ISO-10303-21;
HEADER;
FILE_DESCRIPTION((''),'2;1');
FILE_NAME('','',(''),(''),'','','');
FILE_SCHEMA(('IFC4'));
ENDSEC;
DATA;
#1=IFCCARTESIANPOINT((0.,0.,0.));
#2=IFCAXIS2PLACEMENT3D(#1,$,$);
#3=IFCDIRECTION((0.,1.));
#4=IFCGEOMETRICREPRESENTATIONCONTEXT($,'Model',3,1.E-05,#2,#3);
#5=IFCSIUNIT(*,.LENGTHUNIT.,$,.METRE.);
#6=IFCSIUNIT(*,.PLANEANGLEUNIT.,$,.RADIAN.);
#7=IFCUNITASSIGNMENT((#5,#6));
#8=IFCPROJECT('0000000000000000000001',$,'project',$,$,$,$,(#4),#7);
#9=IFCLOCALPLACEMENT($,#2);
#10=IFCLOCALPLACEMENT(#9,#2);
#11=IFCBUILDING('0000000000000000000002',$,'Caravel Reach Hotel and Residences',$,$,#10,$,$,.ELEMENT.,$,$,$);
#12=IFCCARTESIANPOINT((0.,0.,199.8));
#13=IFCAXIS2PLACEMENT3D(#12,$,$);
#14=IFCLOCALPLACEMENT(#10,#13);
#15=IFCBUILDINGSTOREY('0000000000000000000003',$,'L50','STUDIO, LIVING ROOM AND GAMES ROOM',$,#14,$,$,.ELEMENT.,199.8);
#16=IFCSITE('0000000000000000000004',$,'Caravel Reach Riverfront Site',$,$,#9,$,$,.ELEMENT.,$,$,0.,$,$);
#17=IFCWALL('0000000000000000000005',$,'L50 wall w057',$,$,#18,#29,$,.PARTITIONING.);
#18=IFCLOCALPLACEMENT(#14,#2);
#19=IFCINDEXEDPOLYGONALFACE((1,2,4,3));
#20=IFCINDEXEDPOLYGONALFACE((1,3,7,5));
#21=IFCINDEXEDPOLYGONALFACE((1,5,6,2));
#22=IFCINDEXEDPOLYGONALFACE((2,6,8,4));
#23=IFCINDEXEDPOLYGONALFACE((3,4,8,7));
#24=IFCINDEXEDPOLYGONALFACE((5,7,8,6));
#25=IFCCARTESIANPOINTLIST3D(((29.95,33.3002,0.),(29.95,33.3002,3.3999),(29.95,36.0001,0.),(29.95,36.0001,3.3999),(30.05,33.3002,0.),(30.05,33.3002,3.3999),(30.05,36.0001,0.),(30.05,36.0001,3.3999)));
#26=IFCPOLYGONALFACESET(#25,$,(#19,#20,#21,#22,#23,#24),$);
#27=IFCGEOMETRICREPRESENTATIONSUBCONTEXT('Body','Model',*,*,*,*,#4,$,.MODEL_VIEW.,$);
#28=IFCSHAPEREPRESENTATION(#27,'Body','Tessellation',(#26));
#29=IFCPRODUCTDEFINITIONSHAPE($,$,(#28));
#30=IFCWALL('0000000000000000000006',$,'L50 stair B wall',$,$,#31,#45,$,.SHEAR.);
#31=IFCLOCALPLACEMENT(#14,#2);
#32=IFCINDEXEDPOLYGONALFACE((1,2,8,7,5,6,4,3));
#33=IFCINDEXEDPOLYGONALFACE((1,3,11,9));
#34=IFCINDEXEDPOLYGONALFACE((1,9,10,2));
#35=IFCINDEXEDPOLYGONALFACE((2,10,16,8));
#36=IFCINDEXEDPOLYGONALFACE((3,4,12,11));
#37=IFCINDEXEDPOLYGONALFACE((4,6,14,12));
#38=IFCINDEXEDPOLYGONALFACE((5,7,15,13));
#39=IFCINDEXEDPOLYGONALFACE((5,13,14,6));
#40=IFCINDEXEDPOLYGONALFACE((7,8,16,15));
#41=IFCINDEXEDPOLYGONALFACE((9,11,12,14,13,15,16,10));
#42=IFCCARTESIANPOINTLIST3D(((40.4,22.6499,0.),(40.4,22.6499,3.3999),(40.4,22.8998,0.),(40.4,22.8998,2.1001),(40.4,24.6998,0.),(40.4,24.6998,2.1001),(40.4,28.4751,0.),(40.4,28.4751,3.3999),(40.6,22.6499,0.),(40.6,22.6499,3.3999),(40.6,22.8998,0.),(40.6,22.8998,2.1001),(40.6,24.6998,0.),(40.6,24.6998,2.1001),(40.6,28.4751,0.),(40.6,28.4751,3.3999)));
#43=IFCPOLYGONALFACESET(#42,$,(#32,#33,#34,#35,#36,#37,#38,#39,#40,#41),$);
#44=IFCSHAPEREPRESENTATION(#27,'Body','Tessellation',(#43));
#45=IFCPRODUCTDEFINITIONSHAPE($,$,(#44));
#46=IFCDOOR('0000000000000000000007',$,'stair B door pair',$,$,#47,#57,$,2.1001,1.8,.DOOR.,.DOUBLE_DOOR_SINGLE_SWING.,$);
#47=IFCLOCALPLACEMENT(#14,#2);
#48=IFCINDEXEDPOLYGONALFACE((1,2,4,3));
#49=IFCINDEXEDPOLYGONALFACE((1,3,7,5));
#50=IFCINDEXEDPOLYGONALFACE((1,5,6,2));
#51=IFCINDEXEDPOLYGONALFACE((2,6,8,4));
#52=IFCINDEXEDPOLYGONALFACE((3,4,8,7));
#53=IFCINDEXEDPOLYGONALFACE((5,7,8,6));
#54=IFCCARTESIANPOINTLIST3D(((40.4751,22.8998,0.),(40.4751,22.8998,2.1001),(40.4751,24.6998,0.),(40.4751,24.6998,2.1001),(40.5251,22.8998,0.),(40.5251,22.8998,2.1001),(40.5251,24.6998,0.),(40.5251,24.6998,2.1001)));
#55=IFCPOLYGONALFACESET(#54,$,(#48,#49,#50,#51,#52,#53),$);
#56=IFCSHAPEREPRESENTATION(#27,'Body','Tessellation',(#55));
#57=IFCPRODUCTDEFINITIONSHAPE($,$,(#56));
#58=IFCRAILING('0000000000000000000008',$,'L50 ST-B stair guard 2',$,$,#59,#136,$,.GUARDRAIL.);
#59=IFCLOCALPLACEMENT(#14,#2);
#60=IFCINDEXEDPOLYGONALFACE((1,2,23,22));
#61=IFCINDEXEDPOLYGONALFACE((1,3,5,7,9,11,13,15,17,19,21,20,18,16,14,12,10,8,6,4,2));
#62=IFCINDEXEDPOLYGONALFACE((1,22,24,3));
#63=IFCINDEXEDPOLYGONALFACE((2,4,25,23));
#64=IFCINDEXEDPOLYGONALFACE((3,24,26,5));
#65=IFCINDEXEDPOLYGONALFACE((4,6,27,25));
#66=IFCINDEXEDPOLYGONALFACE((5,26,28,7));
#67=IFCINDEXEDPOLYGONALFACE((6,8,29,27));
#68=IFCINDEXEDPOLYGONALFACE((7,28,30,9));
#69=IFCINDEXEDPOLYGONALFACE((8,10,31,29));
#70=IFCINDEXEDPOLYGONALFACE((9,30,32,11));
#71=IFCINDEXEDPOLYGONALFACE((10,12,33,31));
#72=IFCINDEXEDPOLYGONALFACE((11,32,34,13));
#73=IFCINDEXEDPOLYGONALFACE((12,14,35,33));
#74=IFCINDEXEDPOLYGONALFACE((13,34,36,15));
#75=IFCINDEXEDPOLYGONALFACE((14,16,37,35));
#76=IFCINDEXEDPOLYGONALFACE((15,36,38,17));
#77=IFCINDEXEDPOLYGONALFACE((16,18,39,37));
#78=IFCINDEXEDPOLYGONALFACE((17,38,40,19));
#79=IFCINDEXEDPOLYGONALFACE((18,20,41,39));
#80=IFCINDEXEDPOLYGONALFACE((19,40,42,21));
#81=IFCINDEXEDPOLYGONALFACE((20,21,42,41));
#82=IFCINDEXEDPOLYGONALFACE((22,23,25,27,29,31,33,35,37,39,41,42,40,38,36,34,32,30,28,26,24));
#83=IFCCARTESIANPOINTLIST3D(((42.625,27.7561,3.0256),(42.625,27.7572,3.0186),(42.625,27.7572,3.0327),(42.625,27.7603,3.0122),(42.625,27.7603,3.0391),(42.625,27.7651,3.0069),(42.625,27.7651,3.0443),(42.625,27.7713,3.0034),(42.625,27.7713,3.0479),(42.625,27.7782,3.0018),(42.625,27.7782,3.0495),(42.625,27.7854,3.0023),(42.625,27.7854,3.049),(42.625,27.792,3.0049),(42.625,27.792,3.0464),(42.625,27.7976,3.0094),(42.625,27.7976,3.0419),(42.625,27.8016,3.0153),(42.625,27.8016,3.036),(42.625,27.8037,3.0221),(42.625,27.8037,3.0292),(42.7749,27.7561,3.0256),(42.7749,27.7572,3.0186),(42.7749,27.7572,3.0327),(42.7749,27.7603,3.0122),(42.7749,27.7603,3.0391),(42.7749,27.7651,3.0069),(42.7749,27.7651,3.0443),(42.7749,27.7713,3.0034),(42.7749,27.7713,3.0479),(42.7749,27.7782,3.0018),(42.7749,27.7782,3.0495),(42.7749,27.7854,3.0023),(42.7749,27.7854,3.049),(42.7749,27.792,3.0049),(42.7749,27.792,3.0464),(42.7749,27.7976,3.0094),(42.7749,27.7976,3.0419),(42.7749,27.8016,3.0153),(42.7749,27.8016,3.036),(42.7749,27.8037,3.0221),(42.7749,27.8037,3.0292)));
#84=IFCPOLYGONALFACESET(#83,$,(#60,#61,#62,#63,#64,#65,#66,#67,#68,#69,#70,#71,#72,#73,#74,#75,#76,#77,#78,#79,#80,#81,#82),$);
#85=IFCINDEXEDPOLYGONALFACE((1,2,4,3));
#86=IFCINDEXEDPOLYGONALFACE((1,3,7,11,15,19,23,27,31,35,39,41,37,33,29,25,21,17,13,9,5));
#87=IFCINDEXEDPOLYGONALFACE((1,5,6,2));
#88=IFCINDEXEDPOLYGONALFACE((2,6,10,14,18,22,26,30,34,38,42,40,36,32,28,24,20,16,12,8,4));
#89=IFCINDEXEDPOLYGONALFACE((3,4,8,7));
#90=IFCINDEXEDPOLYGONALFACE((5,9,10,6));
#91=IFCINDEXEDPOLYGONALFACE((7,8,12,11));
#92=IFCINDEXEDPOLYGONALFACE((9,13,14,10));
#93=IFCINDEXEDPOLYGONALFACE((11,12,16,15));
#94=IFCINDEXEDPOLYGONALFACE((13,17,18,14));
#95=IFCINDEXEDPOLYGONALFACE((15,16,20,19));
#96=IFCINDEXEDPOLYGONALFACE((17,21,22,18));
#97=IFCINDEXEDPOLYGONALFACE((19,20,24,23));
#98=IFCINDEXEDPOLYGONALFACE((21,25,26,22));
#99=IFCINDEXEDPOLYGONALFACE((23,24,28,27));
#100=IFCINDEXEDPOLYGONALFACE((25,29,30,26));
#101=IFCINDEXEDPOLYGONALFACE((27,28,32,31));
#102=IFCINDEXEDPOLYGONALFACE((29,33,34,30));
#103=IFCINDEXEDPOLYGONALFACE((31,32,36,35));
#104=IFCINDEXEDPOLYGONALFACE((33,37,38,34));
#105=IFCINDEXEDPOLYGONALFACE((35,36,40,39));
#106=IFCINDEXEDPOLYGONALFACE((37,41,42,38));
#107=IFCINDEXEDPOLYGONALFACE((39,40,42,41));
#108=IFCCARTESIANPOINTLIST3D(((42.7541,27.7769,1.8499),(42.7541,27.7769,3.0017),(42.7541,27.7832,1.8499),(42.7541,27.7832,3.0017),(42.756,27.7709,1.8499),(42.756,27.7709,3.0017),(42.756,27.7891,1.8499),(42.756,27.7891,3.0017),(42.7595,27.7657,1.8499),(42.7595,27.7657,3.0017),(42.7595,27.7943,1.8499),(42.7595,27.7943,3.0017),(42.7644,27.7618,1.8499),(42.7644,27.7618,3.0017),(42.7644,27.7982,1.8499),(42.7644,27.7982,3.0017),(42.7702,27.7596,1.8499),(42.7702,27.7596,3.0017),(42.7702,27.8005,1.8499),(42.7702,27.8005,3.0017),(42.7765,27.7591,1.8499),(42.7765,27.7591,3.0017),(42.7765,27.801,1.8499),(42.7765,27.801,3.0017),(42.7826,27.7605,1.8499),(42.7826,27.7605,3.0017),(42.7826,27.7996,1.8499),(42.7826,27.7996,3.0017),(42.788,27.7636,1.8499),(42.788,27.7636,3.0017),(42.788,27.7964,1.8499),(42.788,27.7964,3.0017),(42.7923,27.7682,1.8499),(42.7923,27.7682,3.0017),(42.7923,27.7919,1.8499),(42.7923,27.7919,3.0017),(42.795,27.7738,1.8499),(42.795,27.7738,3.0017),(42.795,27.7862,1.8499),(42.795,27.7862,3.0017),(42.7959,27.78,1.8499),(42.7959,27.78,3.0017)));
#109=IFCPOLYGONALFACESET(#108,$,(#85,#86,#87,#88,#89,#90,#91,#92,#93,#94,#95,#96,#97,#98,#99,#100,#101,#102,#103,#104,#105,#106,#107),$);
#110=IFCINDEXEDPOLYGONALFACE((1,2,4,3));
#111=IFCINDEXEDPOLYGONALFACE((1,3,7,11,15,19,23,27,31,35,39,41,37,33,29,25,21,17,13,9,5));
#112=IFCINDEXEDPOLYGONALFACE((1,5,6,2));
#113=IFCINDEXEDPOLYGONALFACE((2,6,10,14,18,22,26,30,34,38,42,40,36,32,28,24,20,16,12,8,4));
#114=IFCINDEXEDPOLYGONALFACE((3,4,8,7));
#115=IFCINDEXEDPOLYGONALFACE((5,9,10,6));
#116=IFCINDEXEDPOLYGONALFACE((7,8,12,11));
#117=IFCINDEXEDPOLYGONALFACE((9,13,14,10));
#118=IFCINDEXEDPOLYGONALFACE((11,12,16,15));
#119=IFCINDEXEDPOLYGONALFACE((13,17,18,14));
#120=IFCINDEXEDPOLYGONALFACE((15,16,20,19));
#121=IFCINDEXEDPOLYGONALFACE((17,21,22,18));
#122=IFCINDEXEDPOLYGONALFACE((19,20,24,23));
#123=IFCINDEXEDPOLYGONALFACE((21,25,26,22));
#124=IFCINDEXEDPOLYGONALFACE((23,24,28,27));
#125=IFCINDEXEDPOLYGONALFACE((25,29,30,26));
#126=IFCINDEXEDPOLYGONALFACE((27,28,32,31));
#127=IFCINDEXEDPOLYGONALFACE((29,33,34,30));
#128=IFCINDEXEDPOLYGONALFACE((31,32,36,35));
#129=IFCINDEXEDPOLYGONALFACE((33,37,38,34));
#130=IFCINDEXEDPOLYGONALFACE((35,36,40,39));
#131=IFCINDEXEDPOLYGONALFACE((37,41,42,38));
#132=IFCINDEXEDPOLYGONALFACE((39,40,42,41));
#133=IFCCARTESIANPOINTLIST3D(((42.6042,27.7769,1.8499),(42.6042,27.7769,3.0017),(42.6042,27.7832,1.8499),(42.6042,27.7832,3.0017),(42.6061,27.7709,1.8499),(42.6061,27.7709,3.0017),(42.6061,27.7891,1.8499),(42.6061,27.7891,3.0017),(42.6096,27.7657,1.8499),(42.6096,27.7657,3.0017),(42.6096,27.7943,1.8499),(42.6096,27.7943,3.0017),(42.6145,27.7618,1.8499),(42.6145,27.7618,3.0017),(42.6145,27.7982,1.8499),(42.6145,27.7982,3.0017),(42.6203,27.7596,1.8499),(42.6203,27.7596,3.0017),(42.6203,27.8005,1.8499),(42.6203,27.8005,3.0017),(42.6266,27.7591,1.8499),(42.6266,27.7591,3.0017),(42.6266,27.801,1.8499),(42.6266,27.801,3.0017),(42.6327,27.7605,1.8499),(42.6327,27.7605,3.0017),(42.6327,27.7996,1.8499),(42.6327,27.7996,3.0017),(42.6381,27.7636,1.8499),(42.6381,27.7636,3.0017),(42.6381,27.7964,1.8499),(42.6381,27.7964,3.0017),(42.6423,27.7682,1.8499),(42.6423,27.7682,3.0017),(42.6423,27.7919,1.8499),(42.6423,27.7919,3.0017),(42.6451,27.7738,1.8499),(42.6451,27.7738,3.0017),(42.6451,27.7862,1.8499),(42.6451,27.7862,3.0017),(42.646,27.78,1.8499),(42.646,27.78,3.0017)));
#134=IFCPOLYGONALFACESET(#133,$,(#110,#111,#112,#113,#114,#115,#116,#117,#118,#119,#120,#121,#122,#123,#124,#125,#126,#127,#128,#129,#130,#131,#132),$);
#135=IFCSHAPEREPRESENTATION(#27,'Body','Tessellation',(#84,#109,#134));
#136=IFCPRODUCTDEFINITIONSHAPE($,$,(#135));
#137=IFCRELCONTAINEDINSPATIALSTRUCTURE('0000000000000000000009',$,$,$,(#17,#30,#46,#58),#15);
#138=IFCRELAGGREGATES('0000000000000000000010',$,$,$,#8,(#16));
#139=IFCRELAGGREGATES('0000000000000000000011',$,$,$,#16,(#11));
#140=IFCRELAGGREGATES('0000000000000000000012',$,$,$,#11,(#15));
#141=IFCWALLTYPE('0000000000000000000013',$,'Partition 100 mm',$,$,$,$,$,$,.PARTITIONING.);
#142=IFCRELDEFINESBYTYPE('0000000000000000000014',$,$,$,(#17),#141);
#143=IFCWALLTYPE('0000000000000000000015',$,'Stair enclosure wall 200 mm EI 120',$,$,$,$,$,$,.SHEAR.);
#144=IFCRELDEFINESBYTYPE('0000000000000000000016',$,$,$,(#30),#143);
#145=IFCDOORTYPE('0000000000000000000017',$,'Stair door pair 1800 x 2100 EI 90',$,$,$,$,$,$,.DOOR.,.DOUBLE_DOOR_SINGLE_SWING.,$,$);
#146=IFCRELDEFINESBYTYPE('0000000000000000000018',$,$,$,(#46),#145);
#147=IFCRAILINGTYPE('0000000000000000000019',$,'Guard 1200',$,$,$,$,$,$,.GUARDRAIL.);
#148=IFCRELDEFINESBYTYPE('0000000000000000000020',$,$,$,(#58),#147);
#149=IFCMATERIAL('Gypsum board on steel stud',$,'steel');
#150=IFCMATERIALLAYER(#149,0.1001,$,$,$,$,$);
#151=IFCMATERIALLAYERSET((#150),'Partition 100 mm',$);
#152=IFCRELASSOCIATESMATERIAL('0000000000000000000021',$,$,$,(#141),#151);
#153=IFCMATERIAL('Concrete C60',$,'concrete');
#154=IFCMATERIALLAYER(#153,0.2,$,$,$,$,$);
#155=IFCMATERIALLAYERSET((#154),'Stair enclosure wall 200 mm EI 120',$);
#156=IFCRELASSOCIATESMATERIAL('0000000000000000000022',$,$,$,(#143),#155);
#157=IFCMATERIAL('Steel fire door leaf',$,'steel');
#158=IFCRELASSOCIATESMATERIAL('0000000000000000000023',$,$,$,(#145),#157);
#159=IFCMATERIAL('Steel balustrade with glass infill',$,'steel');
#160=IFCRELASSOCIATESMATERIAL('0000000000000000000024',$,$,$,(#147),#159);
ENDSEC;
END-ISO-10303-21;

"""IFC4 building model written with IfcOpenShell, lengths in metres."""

from ifc_helpers import new_model, si_unit, direction, frame, frame_2d, origin, origin_2d, place, context, subcontext, project, spatial, rectangle, circle, extrude, material, layer, layer_set, type_object, element, fill, save


model = new_model("IFC4")

# Units and contexts
model_context = context("Model", 3, precision=1e-05, world=origin(), true_north=direction((0.0, 1.0)))
body_context = subcontext(model_context, "Body", "Model", "MODEL_VIEW")
ifc_project = project(units=[si_unit("LENGTHUNIT", "METRE"), si_unit("PLANEANGLEUNIT", "RADIAN")], contexts=[model_context])

# Site, building, storey
site_placement = place(None, origin())
site = spatial("IfcSite", under=ifc_project, at=site_placement, Name="Caravel Reach Riverfront Site", CompositionType="ELEMENT", RefElevation=0.0)
building_placement = place(site_placement, origin())
building = spatial("IfcBuilding", under=site, at=building_placement, Name="Caravel Reach Hotel and Residences", CompositionType="ELEMENT")
storey_placement = place(building_placement, frame((0.0, 0.0, 199.8)))
storey = spatial("IfcBuildingStorey", under=building, at=storey_placement, Name="L50", Description="STUDIO, LIVING ROOM AND GAMES ROOM", CompositionType="ELEMENT", Elevation=199.8)

# Wall
ifc_material_1 = material(Name="Gypsum board on steel stud", Category="steel")
ifc_layer_1 = layer(ifc_material_1, 0.1001)
ifc_layer_set_1 = layer_set([ifc_layer_1], Name="Partition 100 mm")
wall_type_1 = type_object("IfcWallType", Name="Partition 100 mm", PredefinedType="PARTITIONING", material=ifc_layer_set_1)
wall_1_placement = place(storey_placement, frame((30.0, 33.3, 0.0), z_axis=(0.0, 0.0, 1.0), x_axis=(0.0, 1.0, 0.0)))
element("IfcWall", 1, at=wall_1_placement, inside=storey, type_object=wall_type_1, Name="L50 wall w057", PredefinedType="PARTITIONING", context=body_context, shape_type="SweptSolid", body=[
    extrude(rectangle(XDim=2.7, YDim=0.1001, at=frame_2d((1.3501, 0.0))), origin(), (0.0, 0.0, 1.0), 3.3999),
])

# Wall, opening, door
ifc_material_2 = material(Name="Concrete C60", Category="concrete")
ifc_layer_2 = layer(ifc_material_2, 0.2)
ifc_layer_set_2 = layer_set([ifc_layer_2], Name="Stair enclosure wall 200 mm EI 120")
wall_type_2 = type_object("IfcWallType", Name="Stair enclosure wall 200 mm EI 120", PredefinedType="SHEAR", material=ifc_layer_set_2)
wall_2_placement = place(storey_placement, frame((40.5, 22.6499, 0.0), z_axis=(0.0, 0.0, 1.0), x_axis=(0.0, 1.0, 0.0)))
wall_2 = element("IfcWall", 2, at=wall_2_placement, inside=storey, type_object=wall_type_2, Name="L50 stair B wall", PredefinedType="SHEAR", context=body_context, shape_type="SweptSolid", body=[
    extrude(rectangle(XDim=5.8252, YDim=0.2, at=frame_2d((2.9126, 0.0))), origin(), (0.0, 0.0, 1.0), 3.3999),
])
opening_1_placement = place(wall_2_placement, frame((0.25, 0.0, 0.0)))
opening_1 = element("IfcOpeningElement", 3, at=opening_1_placement, cuts=wall_2, PredefinedType="OPENING", context=body_context, shape_type="SweptSolid", body=[
    extrude(rectangle(XDim=1.8, YDim=2.1001, at=frame_2d((0.8999, 1.05))), frame((0.0, 0.1099, 0.0), z_axis=(0.0, -1.0, 0.0), x_axis=(1.0, 0.0, 0.0)), (0.0, 0.0, 1.0), 0.22),
])
ifc_material_3 = material(Name="Steel fire door leaf", Category="steel")
door_type_1 = type_object("IfcDoorType", Name="Stair door pair 1800 x 2100 EI 90", OperationType="DOUBLE_DOOR_SINGLE_SWING", PredefinedType="DOOR", material=ifc_material_3)
door_1_placement = place(opening_1_placement, origin())
door_1 = element("IfcDoor", 4, at=door_1_placement, inside=storey, type_object=door_type_1, Name="stair B door pair", OperationType="DOUBLE_DOOR_SINGLE_SWING", OverallHeight=2.1001, OverallWidth=1.8, PredefinedType="DOOR", context=body_context, shape_type="SweptSolid", body=[
    extrude(rectangle(XDim=1.8, YDim=2.1001, at=frame_2d((0.8999, 1.05))), frame((0.0, 0.0249, 0.0), z_axis=(0.0, -1.0, 0.0), x_axis=(1.0, 0.0, 0.0)), (0.0, 0.0, 1.0), 0.05),
])
fill(opening_1, door_1)

# Railing
ifc_material_4 = material(Name="Steel balustrade with glass infill", Category="steel")
railing_type_1 = type_object("IfcRailingType", Name="Guard 1200", PredefinedType="GUARDRAIL", material=ifc_material_4)
railing_1_placement = place(storey_placement, frame((42.7749, 27.78, 1.8499)))
element("IfcRailing", 5, at=railing_1_placement, inside=storey, type_object=railing_type_1, Name="L50 ST-B stair guard 2", PredefinedType="GUARDRAIL", context=body_context, shape_type="SweptSolid", body=[
    extrude(circle(Radius=0.0239, at=origin_2d()), frame((0.0, 0.0, 1.1758), z_axis=(-1.0, 0.0, 0.0), x_axis=(0.0, -1.0, 0.0)), (0.0, 0.0, 1.0), 0.1499),
    extrude(circle(Radius=0.021, at=origin_2d()), origin(), (0.0, 0.0, 1.0), 1.1519),
    extrude(circle(Radius=0.021, at=origin_2d()), frame((-0.1499, 0.0, 0.0)), (0.0, 0.0, 1.0), 1.1519),
])

save(model, "model.ifc")
